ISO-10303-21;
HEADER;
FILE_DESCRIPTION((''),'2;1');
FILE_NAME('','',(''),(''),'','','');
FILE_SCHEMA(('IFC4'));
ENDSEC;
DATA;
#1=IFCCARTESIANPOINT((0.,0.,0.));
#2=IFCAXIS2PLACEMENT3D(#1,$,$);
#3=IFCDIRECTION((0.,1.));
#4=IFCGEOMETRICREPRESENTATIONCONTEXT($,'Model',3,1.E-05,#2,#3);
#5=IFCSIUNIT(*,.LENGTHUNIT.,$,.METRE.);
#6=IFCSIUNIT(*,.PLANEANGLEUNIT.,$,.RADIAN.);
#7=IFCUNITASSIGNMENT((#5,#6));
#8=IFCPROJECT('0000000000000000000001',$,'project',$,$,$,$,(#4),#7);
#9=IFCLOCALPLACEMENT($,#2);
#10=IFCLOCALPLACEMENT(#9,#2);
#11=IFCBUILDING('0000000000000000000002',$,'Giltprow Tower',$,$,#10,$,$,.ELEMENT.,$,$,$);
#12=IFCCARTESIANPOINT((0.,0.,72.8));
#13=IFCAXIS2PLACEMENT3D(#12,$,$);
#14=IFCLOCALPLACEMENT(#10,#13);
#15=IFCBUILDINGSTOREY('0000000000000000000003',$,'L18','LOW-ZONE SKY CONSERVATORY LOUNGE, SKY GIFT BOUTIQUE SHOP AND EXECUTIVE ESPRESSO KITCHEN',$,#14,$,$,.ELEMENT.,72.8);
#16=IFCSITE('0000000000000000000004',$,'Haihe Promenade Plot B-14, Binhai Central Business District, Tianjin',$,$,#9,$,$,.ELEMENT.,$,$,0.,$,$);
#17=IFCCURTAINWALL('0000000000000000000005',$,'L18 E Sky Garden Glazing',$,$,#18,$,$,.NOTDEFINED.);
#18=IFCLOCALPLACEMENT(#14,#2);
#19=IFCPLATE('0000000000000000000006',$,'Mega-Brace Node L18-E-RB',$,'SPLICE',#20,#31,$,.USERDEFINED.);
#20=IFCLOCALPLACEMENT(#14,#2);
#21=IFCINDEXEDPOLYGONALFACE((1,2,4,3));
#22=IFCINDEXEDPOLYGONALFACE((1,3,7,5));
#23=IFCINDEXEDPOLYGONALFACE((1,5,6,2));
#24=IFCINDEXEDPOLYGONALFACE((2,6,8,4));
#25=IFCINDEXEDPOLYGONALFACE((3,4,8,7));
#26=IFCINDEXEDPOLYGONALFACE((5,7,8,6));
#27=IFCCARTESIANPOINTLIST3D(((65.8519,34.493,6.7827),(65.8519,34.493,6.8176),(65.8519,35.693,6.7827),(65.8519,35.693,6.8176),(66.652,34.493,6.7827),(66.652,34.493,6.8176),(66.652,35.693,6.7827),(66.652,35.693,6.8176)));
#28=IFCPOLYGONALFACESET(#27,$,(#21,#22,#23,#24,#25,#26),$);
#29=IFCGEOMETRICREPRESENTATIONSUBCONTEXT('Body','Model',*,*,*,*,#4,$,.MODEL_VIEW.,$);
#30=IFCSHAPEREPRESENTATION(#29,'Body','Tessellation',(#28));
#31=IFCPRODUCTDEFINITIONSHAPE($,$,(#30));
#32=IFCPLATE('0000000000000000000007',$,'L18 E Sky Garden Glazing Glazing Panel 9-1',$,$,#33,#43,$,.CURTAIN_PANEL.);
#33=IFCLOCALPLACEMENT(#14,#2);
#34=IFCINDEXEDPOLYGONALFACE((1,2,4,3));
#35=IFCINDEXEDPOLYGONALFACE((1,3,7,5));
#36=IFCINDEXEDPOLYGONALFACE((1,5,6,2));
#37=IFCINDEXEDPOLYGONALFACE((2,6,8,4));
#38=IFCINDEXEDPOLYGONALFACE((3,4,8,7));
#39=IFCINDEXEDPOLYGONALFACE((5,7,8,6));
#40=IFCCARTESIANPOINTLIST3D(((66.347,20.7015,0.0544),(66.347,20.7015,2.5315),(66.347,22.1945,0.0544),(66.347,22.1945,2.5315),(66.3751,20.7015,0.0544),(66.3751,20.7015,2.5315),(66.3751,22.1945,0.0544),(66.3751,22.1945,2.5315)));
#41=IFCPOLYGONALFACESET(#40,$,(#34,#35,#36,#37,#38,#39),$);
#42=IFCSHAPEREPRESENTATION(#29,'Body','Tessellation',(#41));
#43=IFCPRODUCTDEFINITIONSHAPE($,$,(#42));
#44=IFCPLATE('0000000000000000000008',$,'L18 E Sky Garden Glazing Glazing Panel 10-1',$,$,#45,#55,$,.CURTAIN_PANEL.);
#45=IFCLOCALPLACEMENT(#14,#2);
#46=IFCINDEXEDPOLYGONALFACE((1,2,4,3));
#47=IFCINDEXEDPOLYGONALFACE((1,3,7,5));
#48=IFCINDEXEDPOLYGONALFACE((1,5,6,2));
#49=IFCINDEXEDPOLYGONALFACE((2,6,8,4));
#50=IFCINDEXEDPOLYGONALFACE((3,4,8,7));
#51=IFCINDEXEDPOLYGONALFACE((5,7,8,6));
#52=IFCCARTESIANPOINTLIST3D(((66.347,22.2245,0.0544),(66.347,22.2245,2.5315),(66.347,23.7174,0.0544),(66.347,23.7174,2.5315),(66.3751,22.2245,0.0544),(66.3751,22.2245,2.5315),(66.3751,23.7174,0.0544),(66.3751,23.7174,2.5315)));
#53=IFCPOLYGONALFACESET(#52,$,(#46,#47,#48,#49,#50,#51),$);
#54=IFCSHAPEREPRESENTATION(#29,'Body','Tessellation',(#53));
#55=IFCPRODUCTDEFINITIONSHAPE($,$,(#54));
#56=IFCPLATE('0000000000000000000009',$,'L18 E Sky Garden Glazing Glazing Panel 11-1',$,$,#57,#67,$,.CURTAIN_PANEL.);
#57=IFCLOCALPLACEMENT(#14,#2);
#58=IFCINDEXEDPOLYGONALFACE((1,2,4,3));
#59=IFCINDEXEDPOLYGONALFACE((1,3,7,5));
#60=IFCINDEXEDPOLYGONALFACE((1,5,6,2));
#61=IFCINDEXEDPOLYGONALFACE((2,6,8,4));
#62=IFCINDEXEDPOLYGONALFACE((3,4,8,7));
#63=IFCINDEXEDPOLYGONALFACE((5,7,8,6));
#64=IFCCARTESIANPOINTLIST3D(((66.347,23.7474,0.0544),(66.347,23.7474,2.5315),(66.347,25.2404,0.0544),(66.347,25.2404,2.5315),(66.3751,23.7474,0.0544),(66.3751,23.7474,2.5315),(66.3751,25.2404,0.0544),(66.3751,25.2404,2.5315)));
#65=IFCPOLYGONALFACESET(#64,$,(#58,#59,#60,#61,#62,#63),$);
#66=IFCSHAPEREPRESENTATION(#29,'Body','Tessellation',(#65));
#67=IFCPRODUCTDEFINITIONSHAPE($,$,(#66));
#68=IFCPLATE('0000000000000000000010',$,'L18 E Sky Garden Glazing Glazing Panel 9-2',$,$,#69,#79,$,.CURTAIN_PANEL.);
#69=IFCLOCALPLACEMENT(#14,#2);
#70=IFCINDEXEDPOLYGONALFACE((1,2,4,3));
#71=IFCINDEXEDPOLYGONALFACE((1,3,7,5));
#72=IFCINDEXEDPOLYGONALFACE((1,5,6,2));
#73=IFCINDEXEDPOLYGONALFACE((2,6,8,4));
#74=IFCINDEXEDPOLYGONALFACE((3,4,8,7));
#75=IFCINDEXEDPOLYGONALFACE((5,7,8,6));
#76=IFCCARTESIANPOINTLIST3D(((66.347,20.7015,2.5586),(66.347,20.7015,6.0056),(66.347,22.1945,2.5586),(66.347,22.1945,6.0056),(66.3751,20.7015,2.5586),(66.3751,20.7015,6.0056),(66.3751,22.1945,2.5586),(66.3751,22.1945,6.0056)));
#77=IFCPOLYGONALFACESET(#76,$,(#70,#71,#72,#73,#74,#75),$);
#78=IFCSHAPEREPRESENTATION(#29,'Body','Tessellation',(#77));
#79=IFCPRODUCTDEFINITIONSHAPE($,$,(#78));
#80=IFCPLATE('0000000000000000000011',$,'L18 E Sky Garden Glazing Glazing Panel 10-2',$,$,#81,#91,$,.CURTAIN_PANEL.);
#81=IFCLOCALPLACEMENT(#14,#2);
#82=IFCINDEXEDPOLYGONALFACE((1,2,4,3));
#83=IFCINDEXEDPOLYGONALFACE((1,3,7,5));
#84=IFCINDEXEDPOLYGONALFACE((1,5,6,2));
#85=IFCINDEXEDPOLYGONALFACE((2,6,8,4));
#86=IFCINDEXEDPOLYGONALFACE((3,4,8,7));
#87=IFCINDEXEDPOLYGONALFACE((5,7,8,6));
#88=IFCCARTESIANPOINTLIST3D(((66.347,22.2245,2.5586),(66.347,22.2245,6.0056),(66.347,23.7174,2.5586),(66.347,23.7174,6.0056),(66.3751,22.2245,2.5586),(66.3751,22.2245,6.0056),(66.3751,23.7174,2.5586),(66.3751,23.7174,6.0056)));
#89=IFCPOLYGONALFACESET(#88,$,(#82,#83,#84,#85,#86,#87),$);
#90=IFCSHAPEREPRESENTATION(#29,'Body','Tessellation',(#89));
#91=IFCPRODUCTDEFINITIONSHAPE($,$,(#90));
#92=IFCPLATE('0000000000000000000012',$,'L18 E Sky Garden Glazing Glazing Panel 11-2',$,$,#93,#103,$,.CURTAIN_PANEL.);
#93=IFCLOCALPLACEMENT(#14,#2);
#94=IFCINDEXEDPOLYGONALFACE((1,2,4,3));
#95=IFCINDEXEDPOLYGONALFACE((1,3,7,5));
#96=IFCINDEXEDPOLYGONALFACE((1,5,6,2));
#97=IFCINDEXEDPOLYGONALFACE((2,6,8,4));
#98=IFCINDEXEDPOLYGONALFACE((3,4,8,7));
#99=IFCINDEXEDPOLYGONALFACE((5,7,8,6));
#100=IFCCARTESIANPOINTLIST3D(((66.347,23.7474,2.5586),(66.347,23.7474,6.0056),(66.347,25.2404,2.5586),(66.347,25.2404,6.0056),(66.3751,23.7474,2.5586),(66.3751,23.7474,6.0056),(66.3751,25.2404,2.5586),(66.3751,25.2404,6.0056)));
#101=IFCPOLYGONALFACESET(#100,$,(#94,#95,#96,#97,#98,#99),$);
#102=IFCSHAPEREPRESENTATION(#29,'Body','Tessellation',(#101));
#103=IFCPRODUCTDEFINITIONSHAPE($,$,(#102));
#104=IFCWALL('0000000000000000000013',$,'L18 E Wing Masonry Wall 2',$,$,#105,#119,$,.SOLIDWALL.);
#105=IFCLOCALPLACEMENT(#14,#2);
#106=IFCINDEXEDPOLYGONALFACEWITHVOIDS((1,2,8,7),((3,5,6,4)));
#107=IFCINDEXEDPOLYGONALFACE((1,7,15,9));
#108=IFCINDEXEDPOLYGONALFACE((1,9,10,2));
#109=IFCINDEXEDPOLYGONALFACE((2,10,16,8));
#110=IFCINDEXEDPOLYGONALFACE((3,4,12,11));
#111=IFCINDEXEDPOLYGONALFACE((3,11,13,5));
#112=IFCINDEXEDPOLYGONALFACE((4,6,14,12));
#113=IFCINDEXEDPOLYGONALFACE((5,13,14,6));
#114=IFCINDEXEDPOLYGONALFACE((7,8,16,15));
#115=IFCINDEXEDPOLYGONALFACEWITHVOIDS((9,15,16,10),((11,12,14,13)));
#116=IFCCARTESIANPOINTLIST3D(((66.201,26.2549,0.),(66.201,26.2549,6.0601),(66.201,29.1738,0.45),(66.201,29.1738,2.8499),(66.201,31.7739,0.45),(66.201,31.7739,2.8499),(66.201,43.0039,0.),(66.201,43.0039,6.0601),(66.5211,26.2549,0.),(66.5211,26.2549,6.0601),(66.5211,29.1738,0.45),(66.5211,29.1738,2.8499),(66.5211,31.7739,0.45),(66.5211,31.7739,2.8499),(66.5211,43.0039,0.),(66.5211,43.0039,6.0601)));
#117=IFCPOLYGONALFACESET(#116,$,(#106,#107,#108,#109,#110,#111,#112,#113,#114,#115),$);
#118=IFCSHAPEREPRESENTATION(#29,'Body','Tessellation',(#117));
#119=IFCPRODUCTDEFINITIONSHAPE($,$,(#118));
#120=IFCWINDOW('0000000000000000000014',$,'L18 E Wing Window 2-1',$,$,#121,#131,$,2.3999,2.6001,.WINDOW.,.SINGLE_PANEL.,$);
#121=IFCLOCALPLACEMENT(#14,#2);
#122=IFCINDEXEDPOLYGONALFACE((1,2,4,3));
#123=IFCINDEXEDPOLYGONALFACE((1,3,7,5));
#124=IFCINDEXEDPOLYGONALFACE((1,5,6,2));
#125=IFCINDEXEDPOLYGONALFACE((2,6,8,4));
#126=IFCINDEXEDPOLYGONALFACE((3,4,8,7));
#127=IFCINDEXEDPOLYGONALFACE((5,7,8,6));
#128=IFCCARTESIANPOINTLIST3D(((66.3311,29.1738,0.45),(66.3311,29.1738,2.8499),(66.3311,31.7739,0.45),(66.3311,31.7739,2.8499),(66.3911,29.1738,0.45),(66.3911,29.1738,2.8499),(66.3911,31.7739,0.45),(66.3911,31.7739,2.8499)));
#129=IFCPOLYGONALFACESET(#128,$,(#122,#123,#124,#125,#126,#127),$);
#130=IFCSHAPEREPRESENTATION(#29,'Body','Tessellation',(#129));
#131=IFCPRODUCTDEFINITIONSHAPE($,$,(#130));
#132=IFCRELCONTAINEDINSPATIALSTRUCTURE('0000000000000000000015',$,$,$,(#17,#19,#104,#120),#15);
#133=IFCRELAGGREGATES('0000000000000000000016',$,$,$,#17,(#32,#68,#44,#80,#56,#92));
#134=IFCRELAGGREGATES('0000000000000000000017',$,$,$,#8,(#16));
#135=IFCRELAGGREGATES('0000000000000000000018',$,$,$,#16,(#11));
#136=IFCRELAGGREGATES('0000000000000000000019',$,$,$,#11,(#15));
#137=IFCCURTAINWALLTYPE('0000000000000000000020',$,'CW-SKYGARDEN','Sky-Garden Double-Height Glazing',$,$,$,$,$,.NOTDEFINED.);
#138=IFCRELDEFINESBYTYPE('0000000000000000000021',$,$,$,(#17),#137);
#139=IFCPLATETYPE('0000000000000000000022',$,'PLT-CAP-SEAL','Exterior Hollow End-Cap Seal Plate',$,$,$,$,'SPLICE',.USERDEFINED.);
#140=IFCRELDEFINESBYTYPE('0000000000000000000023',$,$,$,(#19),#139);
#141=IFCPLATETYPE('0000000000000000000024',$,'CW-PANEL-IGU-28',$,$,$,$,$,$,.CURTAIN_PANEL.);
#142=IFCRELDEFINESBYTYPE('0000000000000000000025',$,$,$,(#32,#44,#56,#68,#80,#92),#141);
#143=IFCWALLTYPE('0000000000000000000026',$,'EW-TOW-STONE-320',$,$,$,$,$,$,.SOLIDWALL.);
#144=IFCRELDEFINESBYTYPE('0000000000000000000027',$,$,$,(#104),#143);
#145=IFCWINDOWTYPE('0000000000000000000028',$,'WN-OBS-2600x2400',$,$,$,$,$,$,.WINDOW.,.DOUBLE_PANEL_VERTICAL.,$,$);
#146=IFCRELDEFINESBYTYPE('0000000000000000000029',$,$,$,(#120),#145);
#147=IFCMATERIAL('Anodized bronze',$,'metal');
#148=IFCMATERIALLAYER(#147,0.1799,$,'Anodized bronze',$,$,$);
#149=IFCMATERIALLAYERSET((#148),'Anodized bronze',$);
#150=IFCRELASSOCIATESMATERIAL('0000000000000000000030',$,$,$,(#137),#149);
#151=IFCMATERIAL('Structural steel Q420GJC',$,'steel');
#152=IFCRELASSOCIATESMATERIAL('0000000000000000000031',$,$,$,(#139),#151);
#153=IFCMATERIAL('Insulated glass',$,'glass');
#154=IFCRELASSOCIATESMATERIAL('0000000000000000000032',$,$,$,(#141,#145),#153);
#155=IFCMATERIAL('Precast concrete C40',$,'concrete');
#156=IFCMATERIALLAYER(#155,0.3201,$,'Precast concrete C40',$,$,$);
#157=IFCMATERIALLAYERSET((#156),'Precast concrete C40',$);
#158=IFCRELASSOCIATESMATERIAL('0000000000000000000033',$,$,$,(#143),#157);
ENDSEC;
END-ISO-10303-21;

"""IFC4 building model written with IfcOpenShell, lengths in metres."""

from ifc_helpers import new_model, si_unit, direction, frame, frame_2d, origin, origin_2d, place, context, subcontext, project, spatial, rectangle, extrude, source, transform, mapped, material, layer, layer_set, type_object, element, fill, aggregate, save


model = new_model("IFC4")

# Units and contexts
model_context = context("Model", 3, precision=1e-05, world=origin(), true_north=direction((0.0, 1.0)))
body_context = subcontext(model_context, "Body", "Model", "MODEL_VIEW")
ifc_project = project(units=[si_unit("LENGTHUNIT", "METRE"), si_unit("PLANEANGLEUNIT", "RADIAN")], contexts=[model_context])

# Site, building, storey
site_placement = place(None, origin())
site = spatial("IfcSite", under=ifc_project, at=site_placement, Name="Haihe Promenade Plot B-14, Binhai Central Business District, Tianjin", CompositionType="ELEMENT", RefElevation=0.0)
building_placement = place(site_placement, origin())
building = spatial("IfcBuilding", under=site, at=building_placement, Name="Giltprow Tower", CompositionType="ELEMENT")
storey_placement = place(building_placement, frame((0.0, 0.0, 72.8)))
storey = spatial("IfcBuildingStorey", under=building, at=storey_placement, Name="L18", Description="LOW-ZONE SKY CONSERVATORY LOUNGE, SKY GIFT BOUTIQUE SHOP AND EXECUTIVE ESPRESSO KITCHEN", CompositionType="ELEMENT", Elevation=72.8)

# Shared definitions
ifc_material_1 = material(Name="Structural steel Q420GJC", Category="steel")

# Curtain wall
ifc_material_2 = material(Name="Anodized bronze", Category="metal")
ifc_layer_1 = layer(ifc_material_2, 0.1799, Name="Anodized bronze")
ifc_layer_set_1 = layer_set([ifc_layer_1], Name="Anodized bronze")
curtain_wall_type = type_object("IfcCurtainWallType", Name="CW-SKYGARDEN", Description="Sky-Garden Double-Height Glazing", PredefinedType="NOTDEFINED", material=ifc_layer_set_1)
curtain_wall_placement = place(storey_placement, origin())
curtain_wall = element("IfcCurtainWall", 1, at=curtain_wall_placement, inside=storey, type_object=curtain_wall_type, Name="L18 E Sky Garden Glazing", PredefinedType="NOTDEFINED")

# Plates
plate_type_1 = type_object("IfcPlateType", Name="PLT-CAP-SEAL", Description="Exterior Hollow End-Cap Seal Plate", ElementType="SPLICE", PredefinedType="USERDEFINED", material=ifc_material_1)
shared_shape_1 = source(origin(), body_context, "Body", "SweptSolid", [
    extrude(rectangle(XDim=1.2, YDim=0.8, at=origin_2d()), origin(), (0.0, 0.0, 1.0), 0.0349),
])
plate_1_placement = place(storey_placement, frame((66.252, 35.093, 6.7827), z_axis=(0.0, 0.0, 1.0), x_axis=(0.0, 1.0, 0.0)))
element("IfcPlate", 2, at=plate_1_placement, inside=storey, type_object=plate_type_1, Name="Mega-Brace Node L18-E-RB", ObjectType="SPLICE", PredefinedType="USERDEFINED", context=body_context, shape_type="MappedRepresentation", body=[
    mapped(shared_shape_1, transform((0.0, 0.0, 0.0), x_axis=(1.0, 0.0, 0.0), y_axis=(0.0, 1.0, 0.0), z_axis=(0.0, 0.0, 1.0), scale=1.0)),
])
ifc_material_3 = material(Name="Insulated glass", Category="glass")
plate_type_2 = type_object("IfcPlateType", Name="CW-PANEL-IGU-28", PredefinedType="CURTAIN_PANEL", material=ifc_material_3)
shared_shape_2 = source(origin(), body_context, "Body", "SweptSolid", [
    extrude(rectangle(XDim=1.4929, YDim=0.0281, at=origin_2d()), origin(), (0.0, 0.0, 1.0), 2.4771),
])
plate_2_placement = place(storey_placement, frame((66.3611, 21.448, 0.0544), z_axis=(0.0, 0.0, 1.0), x_axis=(0.0, 1.0, 0.0)))
plate_2 = element("IfcPlate", 3, at=plate_2_placement, type_object=plate_type_2, Name="L18 E Sky Garden Glazing Glazing Panel 9-1", PredefinedType="CURTAIN_PANEL", context=body_context, shape_type="MappedRepresentation", body=[
    mapped(shared_shape_2, transform((0.0, 0.0, 0.0), x_axis=(1.0, 0.0, 0.0), y_axis=(0.0, 1.0, 0.0), z_axis=(0.0, 0.0, 1.0), scale=1.0)),
])
plate_3_placement = place(storey_placement, frame((66.3611, 22.9709, 0.0544), z_axis=(0.0, 0.0, 1.0), x_axis=(0.0, 1.0, 0.0)))
plate_3 = element("IfcPlate", 4, at=plate_3_placement, type_object=plate_type_2, Name="L18 E Sky Garden Glazing Glazing Panel 10-1", PredefinedType="CURTAIN_PANEL", context=body_context, shape_type="MappedRepresentation", body=[
    mapped(shared_shape_2, transform((0.0, 0.0, 0.0), x_axis=(1.0, 0.0, 0.0), y_axis=(0.0, 1.0, 0.0), z_axis=(0.0, 0.0, 1.0), scale=1.0)),
])
plate_4_placement = place(storey_placement, frame((66.3611, 24.4939, 0.0544), z_axis=(0.0, 0.0, 1.0), x_axis=(0.0, 1.0, 0.0)))
plate_4 = element("IfcPlate", 5, at=plate_4_placement, type_object=plate_type_2, Name="L18 E Sky Garden Glazing Glazing Panel 11-1", PredefinedType="CURTAIN_PANEL", context=body_context, shape_type="MappedRepresentation", body=[
    mapped(shared_shape_2, transform((0.0, 0.0, 0.0), x_axis=(1.0, 0.0, 0.0), y_axis=(0.0, 1.0, 0.0), z_axis=(0.0, 0.0, 1.0), scale=1.0)),
])
shared_shape_3 = source(origin(), body_context, "Body", "SweptSolid", [
    extrude(rectangle(XDim=1.4929, YDim=0.0281, at=origin_2d()), origin(), (0.0, 0.0, 1.0), 3.447),
])
plate_5_placement = place(storey_placement, frame((66.3611, 21.448, 2.5586), z_axis=(0.0, 0.0, 1.0), x_axis=(0.0, 1.0, 0.0)))
plate_5 = element("IfcPlate", 6, at=plate_5_placement, type_object=plate_type_2, Name="L18 E Sky Garden Glazing Glazing Panel 9-2", PredefinedType="CURTAIN_PANEL", context=body_context, shape_type="MappedRepresentation", body=[
    mapped(shared_shape_3, transform((0.0, 0.0, 0.0), x_axis=(1.0, 0.0, 0.0), y_axis=(0.0, 1.0, 0.0), z_axis=(0.0, 0.0, 1.0), scale=1.0)),
])
plate_6_placement = place(storey_placement, frame((66.3611, 22.9709, 2.5586), z_axis=(0.0, 0.0, 1.0), x_axis=(0.0, 1.0, 0.0)))
plate_6 = element("IfcPlate", 7, at=plate_6_placement, type_object=plate_type_2, Name="L18 E Sky Garden Glazing Glazing Panel 10-2", PredefinedType="CURTAIN_PANEL", context=body_context, shape_type="MappedRepresentation", body=[
    mapped(shared_shape_3, transform((0.0, 0.0, 0.0), x_axis=(1.0, 0.0, 0.0), y_axis=(0.0, 1.0, 0.0), z_axis=(0.0, 0.0, 1.0), scale=1.0)),
])
plate_7_placement = place(storey_placement, frame((66.3611, 24.4939, 2.5586), z_axis=(0.0, 0.0, 1.0), x_axis=(0.0, 1.0, 0.0)))
plate_7 = element("IfcPlate", 8, at=plate_7_placement, type_object=plate_type_2, Name="L18 E Sky Garden Glazing Glazing Panel 11-2", PredefinedType="CURTAIN_PANEL", context=body_context, shape_type="MappedRepresentation", body=[
    mapped(shared_shape_3, transform((0.0, 0.0, 0.0), x_axis=(1.0, 0.0, 0.0), y_axis=(0.0, 1.0, 0.0), z_axis=(0.0, 0.0, 1.0), scale=1.0)),
])
aggregate(curtain_wall, [plate_2, plate_5, plate_3, plate_6, plate_4, plate_7])

# Wall, opening, window
ifc_material_4 = material(Name="Precast concrete C40", Category="concrete")
ifc_layer_2 = layer(ifc_material_4, 0.3201, Name="Precast concrete C40")
ifc_layer_set_2 = layer_set([ifc_layer_2], Name="Precast concrete C40")
wall_type_1 = type_object("IfcWallType", Name="EW-TOW-STONE-320", PredefinedType="SOLIDWALL", material=ifc_layer_set_2)
wall_1_placement = place(storey_placement, frame((66.3611, 26.2549, 0.0), z_axis=(0.0, 0.0, 1.0), x_axis=(0.0, 1.0, 0.0)))
wall_1 = element("IfcWall", 9, at=wall_1_placement, inside=storey, type_object=wall_type_1, Name="L18 E Wing Masonry Wall 2", PredefinedType="SOLIDWALL", context=body_context, shape_type="SweptSolid", body=[
    extrude(rectangle(XDim=16.749, YDim=0.3201, at=frame_2d((8.3745, 0.0))), origin(), (0.0, 0.0, 1.0), 6.0601),
])
opening_1_placement = place(wall_1_placement, frame((2.9189, 0.0, 0.45)))
opening_1 = element("IfcOpeningElement", 10, at=opening_1_placement, cuts=wall_1, PredefinedType="OPENING", context=body_context, shape_type="SweptSolid", body=[
    extrude(rectangle(XDim=2.6001, YDim=2.3999, at=frame_2d((1.3, 1.2))), frame((0.0, 0.1699, 0.0), z_axis=(0.0, -1.0, 0.0), x_axis=(1.0, 0.0, 0.0)), (0.0, 0.0, 1.0), 0.3401),
])
window_type = type_object("IfcWindowType", Name="WN-OBS-2600x2400", PartitioningType="DOUBLE_PANEL_VERTICAL", PredefinedType="WINDOW", material=ifc_material_3)
shared_shape_4 = source(origin(), body_context, "Body", "SweptSolid", [
    extrude(rectangle(XDim=2.6001, YDim=2.3999, at=frame_2d((1.3, 1.2))), frame((0.0, 0.03, 0.0), z_axis=(0.0, -1.0, 0.0), x_axis=(1.0, 0.0, 0.0)), (0.0, 0.0, 1.0), 0.0601),
])
window_placement = place(opening_1_placement, origin())
window = element("IfcWindow", 11, at=window_placement, inside=storey, type_object=window_type, Name="L18 E Wing Window 2-1", OverallHeight=2.3999, OverallWidth=2.6001, PartitioningType="SINGLE_PANEL", PredefinedType="WINDOW", context=body_context, shape_type="MappedRepresentation", body=[
    mapped(shared_shape_4, transform((0.0, 0.0, 0.0), x_axis=(1.0, 0.0, 0.0), y_axis=(0.0, 1.0, 0.0), z_axis=(0.0, 0.0, 1.0), scale=1.0)),
])
fill(opening_1, window)

save(model, "model.ifc")
